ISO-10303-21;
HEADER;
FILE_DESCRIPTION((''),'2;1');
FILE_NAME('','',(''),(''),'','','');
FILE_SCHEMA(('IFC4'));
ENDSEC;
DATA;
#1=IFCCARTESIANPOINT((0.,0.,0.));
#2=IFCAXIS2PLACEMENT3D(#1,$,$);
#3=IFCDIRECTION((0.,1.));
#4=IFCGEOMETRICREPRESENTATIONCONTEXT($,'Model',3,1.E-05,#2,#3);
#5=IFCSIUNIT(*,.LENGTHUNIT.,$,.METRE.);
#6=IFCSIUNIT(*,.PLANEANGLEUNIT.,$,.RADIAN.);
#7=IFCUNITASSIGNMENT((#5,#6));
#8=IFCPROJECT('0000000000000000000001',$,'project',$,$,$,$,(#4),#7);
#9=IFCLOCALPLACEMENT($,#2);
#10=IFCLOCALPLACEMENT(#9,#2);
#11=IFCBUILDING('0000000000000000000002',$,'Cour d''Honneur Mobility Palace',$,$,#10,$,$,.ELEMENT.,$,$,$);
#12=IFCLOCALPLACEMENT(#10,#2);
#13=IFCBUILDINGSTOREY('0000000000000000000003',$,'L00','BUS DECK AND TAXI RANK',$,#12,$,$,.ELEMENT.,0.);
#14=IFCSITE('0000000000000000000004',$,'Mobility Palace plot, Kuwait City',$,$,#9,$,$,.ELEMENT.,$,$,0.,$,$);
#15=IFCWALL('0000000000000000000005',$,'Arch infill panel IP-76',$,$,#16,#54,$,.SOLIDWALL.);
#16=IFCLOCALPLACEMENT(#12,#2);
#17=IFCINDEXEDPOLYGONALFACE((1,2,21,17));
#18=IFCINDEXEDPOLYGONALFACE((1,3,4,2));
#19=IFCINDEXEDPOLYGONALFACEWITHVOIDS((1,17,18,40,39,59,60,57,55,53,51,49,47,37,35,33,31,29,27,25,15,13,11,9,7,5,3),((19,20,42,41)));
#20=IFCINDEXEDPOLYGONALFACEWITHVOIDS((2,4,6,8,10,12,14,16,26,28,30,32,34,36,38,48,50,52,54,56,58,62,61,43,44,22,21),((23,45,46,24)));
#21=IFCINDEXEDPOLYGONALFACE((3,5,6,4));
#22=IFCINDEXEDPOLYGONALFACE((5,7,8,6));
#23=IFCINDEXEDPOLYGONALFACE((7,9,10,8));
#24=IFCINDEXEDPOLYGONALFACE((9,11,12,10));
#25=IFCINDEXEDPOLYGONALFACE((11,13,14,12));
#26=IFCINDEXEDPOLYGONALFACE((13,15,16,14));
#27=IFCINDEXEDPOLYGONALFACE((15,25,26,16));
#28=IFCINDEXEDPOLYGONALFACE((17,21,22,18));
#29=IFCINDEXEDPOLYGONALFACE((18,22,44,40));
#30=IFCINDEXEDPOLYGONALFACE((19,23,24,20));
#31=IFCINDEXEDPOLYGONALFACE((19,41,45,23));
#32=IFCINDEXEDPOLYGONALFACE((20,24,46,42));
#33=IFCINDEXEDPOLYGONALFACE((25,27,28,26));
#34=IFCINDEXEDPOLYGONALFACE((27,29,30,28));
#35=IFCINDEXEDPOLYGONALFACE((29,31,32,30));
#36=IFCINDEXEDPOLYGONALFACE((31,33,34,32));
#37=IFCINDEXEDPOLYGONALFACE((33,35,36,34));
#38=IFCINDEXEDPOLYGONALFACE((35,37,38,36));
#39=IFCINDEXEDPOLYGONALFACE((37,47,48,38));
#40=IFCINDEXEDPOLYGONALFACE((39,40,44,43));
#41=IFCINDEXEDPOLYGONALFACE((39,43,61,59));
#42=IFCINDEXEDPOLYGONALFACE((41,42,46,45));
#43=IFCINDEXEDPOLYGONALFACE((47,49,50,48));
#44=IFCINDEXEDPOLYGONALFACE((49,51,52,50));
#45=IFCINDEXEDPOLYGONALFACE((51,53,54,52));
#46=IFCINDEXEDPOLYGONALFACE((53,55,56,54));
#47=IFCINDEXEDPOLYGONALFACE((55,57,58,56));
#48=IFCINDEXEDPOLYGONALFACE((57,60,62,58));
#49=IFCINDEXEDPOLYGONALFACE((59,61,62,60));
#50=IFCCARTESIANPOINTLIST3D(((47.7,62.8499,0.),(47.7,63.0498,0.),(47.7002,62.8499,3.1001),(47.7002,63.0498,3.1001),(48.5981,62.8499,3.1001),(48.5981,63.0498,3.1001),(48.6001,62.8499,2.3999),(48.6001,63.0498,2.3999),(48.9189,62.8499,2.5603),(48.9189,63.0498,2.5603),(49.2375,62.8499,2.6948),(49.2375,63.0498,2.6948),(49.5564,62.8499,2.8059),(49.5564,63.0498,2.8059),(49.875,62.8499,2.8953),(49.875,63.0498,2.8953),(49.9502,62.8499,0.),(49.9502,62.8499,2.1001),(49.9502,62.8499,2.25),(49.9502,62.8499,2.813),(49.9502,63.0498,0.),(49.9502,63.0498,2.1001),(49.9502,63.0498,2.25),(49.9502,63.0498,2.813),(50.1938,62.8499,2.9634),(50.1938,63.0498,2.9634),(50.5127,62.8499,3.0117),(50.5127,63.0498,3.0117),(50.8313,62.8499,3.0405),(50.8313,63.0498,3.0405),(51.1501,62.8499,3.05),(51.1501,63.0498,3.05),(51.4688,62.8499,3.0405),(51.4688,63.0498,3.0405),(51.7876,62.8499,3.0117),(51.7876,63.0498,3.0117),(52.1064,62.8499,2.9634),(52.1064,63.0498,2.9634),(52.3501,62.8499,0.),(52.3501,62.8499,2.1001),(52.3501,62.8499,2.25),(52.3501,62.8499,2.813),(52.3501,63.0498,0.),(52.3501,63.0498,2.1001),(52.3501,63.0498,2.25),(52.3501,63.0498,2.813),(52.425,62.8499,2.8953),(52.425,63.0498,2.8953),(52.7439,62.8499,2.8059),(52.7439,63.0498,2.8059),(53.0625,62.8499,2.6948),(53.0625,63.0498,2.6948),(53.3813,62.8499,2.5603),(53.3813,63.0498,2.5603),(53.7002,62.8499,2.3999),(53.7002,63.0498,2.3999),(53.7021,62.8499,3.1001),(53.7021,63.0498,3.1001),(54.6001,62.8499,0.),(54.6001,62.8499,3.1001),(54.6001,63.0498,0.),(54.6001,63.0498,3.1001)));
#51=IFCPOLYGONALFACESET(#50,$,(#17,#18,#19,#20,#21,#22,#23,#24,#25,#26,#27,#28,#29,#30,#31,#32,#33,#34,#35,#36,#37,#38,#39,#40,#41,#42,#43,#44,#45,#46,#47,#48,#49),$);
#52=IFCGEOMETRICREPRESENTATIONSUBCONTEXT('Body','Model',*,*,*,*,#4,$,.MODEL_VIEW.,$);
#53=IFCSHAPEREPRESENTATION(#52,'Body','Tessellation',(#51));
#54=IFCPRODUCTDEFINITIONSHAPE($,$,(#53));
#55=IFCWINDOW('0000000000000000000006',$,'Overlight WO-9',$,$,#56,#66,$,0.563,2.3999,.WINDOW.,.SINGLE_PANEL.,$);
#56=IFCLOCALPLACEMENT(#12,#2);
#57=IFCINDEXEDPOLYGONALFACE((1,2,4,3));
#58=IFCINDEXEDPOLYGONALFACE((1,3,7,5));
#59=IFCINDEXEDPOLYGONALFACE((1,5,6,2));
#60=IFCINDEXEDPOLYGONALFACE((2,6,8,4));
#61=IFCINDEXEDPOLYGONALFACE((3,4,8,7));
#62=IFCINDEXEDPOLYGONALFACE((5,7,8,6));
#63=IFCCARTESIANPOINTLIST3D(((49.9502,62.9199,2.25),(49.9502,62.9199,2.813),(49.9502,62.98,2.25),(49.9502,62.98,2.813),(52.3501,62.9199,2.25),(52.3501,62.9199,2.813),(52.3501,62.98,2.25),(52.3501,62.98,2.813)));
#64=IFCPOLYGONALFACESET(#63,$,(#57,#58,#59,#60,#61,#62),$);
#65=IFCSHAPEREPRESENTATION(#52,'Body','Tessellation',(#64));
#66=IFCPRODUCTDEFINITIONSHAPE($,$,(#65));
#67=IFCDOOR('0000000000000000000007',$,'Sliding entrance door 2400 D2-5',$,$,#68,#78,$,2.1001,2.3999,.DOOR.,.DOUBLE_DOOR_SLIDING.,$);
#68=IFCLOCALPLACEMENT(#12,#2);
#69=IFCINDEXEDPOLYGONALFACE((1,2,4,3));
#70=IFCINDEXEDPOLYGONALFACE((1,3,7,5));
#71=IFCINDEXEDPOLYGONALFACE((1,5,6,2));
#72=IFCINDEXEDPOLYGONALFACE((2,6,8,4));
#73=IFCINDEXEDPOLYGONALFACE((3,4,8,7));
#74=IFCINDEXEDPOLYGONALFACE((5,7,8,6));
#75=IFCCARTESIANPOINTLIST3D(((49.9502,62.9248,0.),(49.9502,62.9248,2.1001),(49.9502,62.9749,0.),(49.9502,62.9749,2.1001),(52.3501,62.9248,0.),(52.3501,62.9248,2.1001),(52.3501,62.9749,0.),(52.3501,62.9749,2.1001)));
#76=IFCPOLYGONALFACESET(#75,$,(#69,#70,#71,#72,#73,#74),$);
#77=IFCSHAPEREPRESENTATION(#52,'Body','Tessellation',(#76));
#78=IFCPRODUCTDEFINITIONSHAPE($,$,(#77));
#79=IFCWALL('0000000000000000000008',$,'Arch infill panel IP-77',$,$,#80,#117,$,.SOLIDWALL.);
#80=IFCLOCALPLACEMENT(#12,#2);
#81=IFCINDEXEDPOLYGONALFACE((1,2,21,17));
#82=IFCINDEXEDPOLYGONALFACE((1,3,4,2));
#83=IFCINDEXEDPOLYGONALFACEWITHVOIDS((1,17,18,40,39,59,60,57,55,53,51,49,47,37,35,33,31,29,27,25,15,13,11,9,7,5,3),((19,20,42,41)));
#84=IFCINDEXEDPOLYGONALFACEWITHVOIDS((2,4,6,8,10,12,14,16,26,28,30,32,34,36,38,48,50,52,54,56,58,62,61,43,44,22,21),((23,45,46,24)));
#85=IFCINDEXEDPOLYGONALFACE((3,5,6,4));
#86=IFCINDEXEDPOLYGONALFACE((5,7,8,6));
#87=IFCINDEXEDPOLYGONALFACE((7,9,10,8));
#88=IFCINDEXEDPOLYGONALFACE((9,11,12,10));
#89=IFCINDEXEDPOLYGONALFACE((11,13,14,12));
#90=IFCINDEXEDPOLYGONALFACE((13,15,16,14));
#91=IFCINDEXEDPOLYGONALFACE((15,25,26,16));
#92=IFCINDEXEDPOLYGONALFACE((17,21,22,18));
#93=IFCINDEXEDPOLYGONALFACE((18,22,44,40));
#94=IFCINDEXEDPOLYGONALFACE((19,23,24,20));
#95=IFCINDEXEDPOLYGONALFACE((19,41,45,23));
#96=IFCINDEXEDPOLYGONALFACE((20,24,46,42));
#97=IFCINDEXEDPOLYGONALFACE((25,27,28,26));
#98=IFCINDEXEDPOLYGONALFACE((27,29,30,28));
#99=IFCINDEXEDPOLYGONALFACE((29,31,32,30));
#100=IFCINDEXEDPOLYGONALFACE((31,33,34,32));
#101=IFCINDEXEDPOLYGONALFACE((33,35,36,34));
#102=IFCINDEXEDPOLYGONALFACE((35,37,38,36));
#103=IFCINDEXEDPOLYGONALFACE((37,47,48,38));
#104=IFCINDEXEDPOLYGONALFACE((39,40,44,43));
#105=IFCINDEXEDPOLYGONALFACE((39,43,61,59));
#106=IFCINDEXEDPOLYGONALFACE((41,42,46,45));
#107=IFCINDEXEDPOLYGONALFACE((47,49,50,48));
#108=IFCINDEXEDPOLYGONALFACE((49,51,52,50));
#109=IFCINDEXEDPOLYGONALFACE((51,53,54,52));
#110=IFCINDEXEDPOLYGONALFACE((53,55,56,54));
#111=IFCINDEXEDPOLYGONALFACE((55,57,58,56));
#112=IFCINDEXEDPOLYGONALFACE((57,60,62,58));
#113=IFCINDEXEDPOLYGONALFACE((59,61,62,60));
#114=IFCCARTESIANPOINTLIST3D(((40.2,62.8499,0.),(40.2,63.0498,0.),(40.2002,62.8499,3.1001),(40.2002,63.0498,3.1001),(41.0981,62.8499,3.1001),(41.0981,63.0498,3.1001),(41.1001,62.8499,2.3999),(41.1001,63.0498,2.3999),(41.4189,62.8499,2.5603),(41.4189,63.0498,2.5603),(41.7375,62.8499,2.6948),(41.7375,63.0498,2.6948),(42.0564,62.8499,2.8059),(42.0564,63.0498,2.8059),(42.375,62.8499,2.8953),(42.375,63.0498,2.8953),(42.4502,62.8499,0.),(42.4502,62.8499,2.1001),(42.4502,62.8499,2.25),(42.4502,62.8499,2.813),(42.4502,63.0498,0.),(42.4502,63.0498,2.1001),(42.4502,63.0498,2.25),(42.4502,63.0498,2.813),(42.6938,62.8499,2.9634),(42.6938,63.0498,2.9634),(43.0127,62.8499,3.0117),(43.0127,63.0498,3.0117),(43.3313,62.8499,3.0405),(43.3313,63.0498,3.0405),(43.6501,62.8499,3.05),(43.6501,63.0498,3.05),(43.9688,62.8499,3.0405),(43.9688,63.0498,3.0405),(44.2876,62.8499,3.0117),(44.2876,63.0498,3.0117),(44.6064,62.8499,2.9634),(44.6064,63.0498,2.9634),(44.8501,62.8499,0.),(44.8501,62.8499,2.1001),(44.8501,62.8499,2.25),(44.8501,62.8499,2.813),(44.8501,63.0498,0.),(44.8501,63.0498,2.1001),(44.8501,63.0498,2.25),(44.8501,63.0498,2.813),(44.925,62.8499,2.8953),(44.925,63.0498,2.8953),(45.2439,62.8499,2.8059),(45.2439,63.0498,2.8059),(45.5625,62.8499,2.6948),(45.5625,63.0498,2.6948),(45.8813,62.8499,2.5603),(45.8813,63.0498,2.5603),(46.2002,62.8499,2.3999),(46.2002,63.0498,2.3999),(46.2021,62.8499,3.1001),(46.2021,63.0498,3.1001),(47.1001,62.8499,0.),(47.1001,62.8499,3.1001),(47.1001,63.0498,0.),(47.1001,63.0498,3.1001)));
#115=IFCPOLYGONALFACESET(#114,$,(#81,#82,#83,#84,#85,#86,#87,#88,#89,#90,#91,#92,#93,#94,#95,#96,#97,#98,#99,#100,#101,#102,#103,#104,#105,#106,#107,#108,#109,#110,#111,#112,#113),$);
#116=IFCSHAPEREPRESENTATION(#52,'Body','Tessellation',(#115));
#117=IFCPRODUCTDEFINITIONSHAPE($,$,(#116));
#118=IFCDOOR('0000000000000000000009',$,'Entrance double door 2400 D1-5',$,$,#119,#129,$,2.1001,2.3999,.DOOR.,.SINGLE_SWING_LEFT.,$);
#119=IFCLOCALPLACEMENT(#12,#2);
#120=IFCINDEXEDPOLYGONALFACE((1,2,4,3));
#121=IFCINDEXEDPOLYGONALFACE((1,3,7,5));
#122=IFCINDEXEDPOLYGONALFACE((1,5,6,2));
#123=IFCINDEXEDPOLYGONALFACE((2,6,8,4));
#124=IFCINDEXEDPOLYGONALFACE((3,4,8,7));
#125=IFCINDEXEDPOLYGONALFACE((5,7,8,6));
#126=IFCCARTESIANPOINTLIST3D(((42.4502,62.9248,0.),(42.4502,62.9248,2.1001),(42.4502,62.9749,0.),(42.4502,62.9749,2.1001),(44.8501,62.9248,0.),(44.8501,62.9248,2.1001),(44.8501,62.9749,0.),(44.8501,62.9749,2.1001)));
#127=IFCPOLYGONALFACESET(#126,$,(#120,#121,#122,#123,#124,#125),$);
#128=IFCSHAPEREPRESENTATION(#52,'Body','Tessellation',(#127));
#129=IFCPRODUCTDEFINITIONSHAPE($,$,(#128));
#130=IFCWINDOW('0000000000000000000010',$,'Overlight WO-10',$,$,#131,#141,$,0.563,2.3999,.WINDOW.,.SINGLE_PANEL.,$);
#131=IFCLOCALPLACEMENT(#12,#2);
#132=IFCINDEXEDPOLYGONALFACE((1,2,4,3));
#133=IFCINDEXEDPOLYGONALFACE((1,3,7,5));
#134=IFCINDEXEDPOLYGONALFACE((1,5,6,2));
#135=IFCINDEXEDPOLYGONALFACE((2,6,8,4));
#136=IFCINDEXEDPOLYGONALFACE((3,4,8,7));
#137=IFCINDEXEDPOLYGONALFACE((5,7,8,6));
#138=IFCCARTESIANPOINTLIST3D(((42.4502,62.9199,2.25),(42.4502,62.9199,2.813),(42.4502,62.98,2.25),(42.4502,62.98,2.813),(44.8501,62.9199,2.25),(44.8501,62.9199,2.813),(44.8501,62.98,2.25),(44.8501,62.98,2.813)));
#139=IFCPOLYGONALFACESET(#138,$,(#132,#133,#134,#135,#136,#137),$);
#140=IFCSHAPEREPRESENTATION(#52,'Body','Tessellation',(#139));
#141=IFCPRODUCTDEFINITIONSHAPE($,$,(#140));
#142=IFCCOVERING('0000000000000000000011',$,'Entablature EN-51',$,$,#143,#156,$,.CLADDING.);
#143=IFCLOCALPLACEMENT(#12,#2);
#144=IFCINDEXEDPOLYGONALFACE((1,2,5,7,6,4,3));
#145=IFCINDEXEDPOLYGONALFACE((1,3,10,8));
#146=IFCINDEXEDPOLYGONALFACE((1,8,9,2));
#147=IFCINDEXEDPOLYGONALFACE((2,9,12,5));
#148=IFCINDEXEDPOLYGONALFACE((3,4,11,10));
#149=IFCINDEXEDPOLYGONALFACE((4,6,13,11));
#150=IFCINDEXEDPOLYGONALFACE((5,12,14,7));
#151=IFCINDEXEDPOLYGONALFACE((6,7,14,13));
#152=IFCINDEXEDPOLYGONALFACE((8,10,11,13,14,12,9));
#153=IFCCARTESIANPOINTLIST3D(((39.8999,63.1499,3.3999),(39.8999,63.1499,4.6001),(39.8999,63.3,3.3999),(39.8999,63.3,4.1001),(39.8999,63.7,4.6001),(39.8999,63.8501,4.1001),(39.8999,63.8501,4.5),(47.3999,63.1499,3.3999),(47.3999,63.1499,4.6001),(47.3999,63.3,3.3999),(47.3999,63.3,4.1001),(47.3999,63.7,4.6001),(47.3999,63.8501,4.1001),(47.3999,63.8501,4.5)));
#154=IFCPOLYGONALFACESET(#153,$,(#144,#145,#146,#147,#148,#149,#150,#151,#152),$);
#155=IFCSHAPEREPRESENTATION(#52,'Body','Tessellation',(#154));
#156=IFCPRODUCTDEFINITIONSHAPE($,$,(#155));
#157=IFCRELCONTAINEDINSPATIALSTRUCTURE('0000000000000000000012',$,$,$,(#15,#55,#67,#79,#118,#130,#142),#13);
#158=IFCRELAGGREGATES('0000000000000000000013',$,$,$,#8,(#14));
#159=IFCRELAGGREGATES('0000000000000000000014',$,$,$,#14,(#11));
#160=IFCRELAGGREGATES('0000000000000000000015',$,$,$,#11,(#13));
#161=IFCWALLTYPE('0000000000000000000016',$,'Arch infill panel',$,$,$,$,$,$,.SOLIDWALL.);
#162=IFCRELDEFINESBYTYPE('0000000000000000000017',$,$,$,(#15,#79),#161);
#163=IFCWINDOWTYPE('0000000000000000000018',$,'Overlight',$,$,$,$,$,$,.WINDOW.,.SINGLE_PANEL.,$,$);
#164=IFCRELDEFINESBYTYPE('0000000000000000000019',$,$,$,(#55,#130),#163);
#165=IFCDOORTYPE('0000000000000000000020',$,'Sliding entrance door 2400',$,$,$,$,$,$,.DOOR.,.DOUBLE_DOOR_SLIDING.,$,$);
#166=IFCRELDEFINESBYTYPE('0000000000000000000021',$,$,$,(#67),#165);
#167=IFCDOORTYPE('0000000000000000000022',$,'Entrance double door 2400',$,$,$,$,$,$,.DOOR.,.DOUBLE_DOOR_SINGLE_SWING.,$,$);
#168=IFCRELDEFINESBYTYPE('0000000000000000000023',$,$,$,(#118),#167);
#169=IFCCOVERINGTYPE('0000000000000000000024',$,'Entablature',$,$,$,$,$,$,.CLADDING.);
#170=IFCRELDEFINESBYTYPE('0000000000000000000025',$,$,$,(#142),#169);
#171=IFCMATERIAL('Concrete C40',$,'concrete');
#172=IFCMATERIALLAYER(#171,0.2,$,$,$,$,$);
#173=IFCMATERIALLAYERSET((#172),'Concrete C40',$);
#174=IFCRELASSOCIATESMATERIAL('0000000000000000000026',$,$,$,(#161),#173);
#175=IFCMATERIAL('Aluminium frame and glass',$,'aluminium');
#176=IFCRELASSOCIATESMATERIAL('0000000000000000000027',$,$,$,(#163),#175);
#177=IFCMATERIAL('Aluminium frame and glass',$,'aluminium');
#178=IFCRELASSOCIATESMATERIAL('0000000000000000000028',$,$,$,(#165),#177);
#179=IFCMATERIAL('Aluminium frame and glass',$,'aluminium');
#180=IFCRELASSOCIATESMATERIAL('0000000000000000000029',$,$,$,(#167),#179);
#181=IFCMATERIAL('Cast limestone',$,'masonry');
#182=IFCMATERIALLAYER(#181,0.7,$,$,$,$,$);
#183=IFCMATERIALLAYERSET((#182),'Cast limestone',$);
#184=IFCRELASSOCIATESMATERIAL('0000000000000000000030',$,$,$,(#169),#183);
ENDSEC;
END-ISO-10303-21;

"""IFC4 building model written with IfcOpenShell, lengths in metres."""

from ifc_helpers import new_model, si_unit, direction, frame, frame_2d, origin, place, context, subcontext, project, spatial, polyline, rectangle, outline, extrude, material, layer, layer_set, type_object, element, fill, save


model = new_model("IFC4")

# Units and contexts
model_context = context("Model", 3, precision=1e-05, world=origin(), true_north=direction((0.0, 1.0)))
body_context = subcontext(model_context, "Body", "Model", "MODEL_VIEW")
ifc_project = project(units=[si_unit("LENGTHUNIT", "METRE"), si_unit("PLANEANGLEUNIT", "RADIAN")], contexts=[model_context])

# Site, building, storey
site_placement = place(None, origin())
site = spatial("IfcSite", under=ifc_project, at=site_placement, Name="Mobility Palace plot, Kuwait City", CompositionType="ELEMENT", RefElevation=0.0)
building_placement = place(site_placement, origin())
building = spatial("IfcBuilding", under=site, at=building_placement, Name="Cour d'Honneur Mobility Palace", CompositionType="ELEMENT")
storey_placement = place(building_placement, origin())
storey = spatial("IfcBuildingStorey", under=building, at=storey_placement, Name="L00", Description="BUS DECK AND TAXI RANK", CompositionType="ELEMENT", Elevation=0.0)

# Wall, openings, window, door
ifc_material_1 = material(Name="Concrete C40", Category="concrete")
ifc_layer_1 = layer(ifc_material_1, 0.2)
ifc_layer_set_1 = layer_set([ifc_layer_1], Name="Concrete C40")
wall_type = type_object("IfcWallType", Name="Arch infill panel", PredefinedType="SOLIDWALL", material=ifc_layer_set_1)
ifc_material_2 = material(Name="Aluminium frame and glass", Category="aluminium")
window_type = type_object("IfcWindowType", Name="Overlight", PartitioningType="SINGLE_PANEL", PredefinedType="WINDOW", material=ifc_material_2)
ifc_material_3 = material(Name="Aluminium frame and glass", Category="aluminium")
door_type_1 = type_object("IfcDoorType", Name="Sliding entrance door 2400", OperationType="DOUBLE_DOOR_SLIDING", PredefinedType="DOOR", material=ifc_material_3)
wall_1_placement = place(storey_placement, frame((54.6001, 62.95, 0.0), z_axis=(0.0, 0.0, 1.0), x_axis=(-1.0, 0.0, 0.0)))
wall_1 = element("IfcWall", 1, at=wall_1_placement, inside=storey, type_object=wall_type, Name="Arch infill panel IP-76", PredefinedType="SOLIDWALL", context=body_context, shape_type="SweptSolid", body=[
    extrude(outline(polyline([(0.0, 0.0), (6.9001, 0.0), (6.8999, 3.1001), (6.002, 3.1001), (6.0, 2.3999), (5.6812, 2.5603), (5.3625, 2.6948), (5.0437, 2.8059), (4.7251, 2.8953), (4.4062, 2.9634), (4.0874, 3.0117), (3.7688, 3.0405), (3.45, 3.05), (3.1313, 3.0405), (2.8125, 3.0117), (2.4937, 2.9634), (2.175, 2.8953), (1.8562, 2.8059), (1.5376, 2.6948), (1.2188, 2.5603), (0.8999, 2.3999), (0.8979, 3.1001), (0.0, 3.1001), (0.0, 0.0)])), frame((0.0, 0.1001, 0.0), z_axis=(0.0, -1.0, 0.0), x_axis=(1.0, 0.0, 0.0)), (0.0, 0.0, 1.0), 0.2),
])
opening_1_placement = place(wall_1_placement, frame((2.25, 0.0, 0.0)))
opening_1 = element("IfcOpeningElement", 2, at=opening_1_placement, cuts=wall_1, PredefinedType="OPENING", context=body_context, shape_type="SweptSolid", body=[
    extrude(rectangle(XDim=2.3999, YDim=2.1001, at=frame_2d((1.2, 1.05))), frame((0.0, 0.1099, 0.0), z_axis=(0.0, -1.0, 0.0), x_axis=(1.0, 0.0, 0.0)), (0.0, 0.0, 1.0), 0.22),
])
opening_2_placement = place(wall_1_placement, frame((2.25, 0.0, 2.25)))
opening_2 = element("IfcOpeningElement", 3, at=opening_2_placement, cuts=wall_1, PredefinedType="OPENING", context=body_context, shape_type="SweptSolid", body=[
    extrude(rectangle(XDim=2.3999, YDim=0.563, at=frame_2d((1.2, 0.2815))), frame((0.0, 0.1099, 0.0), z_axis=(0.0, -1.0, 0.0), x_axis=(1.0, 0.0, 0.0)), (0.0, 0.0, 1.0), 0.22),
])
window_1_placement = place(opening_2_placement, origin())
window_1 = element("IfcWindow", 4, at=window_1_placement, inside=storey, type_object=window_type, Name="Overlight WO-9", OverallHeight=0.563, OverallWidth=2.3999, PartitioningType="SINGLE_PANEL", PredefinedType="WINDOW", context=body_context, shape_type="SweptSolid", body=[
    extrude(rectangle(XDim=2.3999, YDim=0.563, at=frame_2d((1.2, 0.2815))), frame((0.0, 0.03, 0.0), z_axis=(0.0, -1.0, 0.0), x_axis=(1.0, 0.0, 0.0)), (0.0, 0.0, 1.0), 0.0601),
])
fill(opening_2, window_1)
door_1_placement = place(opening_1_placement, frame((2.3999, 0.0, 0.0), z_axis=(0.0, 0.0, 1.0), x_axis=(-1.0, 0.0, 0.0)))
door_1 = element("IfcDoor", 5, at=door_1_placement, inside=storey, type_object=door_type_1, Name="Sliding entrance door 2400 D2-5", OperationType="DOUBLE_DOOR_SLIDING", OverallHeight=2.1001, OverallWidth=2.3999, PredefinedType="DOOR", context=body_context, shape_type="SweptSolid", body=[
    extrude(rectangle(XDim=2.3999, YDim=2.1001, at=frame_2d((1.2, 1.05))), frame((0.0, 0.0249, 0.0), z_axis=(0.0, -1.0, 0.0), x_axis=(1.0, 0.0, 0.0)), (0.0, 0.0, 1.0), 0.05),
])
fill(opening_1, door_1)

# Wall, openings, door, window
wall_2_placement = place(storey_placement, frame((47.1001, 62.95, 0.0), z_axis=(0.0, 0.0, 1.0), x_axis=(-1.0, 0.0, 0.0)))
wall_2 = element("IfcWall", 6, at=wall_2_placement, inside=storey, type_object=wall_type, Name="Arch infill panel IP-77", PredefinedType="SOLIDWALL", context=body_context, shape_type="SweptSolid", body=[
    extrude(outline(polyline([(0.0, 0.0), (6.9001, 0.0), (6.8999, 3.1001), (6.002, 3.1001), (6.0, 2.3999), (5.6812, 2.5603), (5.3625, 2.6948), (5.0437, 2.8059), (4.7251, 2.8953), (4.4062, 2.9634), (4.0874, 3.0117), (3.7688, 3.0405), (3.45, 3.05), (3.1313, 3.0405), (2.8125, 3.0117), (2.4937, 2.9634), (2.175, 2.8953), (1.8562, 2.8059), (1.5376, 2.6948), (1.2188, 2.5603), (0.8999, 2.3999), (0.8979, 3.1001), (0.0, 3.1001), (0.0, 0.0)])), frame((0.0, 0.1001, 0.0), z_axis=(0.0, -1.0, 0.0), x_axis=(1.0, 0.0, 0.0)), (0.0, 0.0, 1.0), 0.2),
])
opening_3_placement = place(wall_2_placement, frame((2.25, 0.0, 0.0)))
opening_3 = element("IfcOpeningElement", 7, at=opening_3_placement, cuts=wall_2, PredefinedType="OPENING", context=body_context, shape_type="SweptSolid", body=[
    extrude(rectangle(XDim=2.3999, YDim=2.1001, at=frame_2d((1.2, 1.05))), frame((0.0, 0.1099, 0.0), z_axis=(0.0, -1.0, 0.0), x_axis=(1.0, 0.0, 0.0)), (0.0, 0.0, 1.0), 0.22),
])
opening_4_placement = place(wall_2_placement, frame((2.25, 0.0, 2.25)))
opening_4 = element("IfcOpeningElement", 8, at=opening_4_placement, cuts=wall_2, PredefinedType="OPENING", context=body_context, shape_type="SweptSolid", body=[
    extrude(rectangle(XDim=2.3999, YDim=0.563, at=frame_2d((1.2, 0.2815))), frame((0.0, 0.1099, 0.0), z_axis=(0.0, -1.0, 0.0), x_axis=(1.0, 0.0, 0.0)), (0.0, 0.0, 1.0), 0.22),
])
ifc_material_4 = material(Name="Aluminium frame and glass", Category="aluminium")
door_type_2 = type_object("IfcDoorType", Name="Entrance double door 2400", OperationType="DOUBLE_DOOR_SINGLE_SWING", PredefinedType="DOOR", material=ifc_material_4)
door_2_placement = place(opening_3_placement, frame((2.3999, 0.0, 0.0), z_axis=(0.0, 0.0, 1.0), x_axis=(-1.0, 0.0, 0.0)))
door_2 = element("IfcDoor", 9, at=door_2_placement, inside=storey, type_object=door_type_2, Name="Entrance double door 2400 D1-5", OperationType="SINGLE_SWING_LEFT", OverallHeight=2.1001, OverallWidth=2.3999, PredefinedType="DOOR", context=body_context, shape_type="SweptSolid", body=[
    extrude(rectangle(XDim=2.3999, YDim=2.1001, at=frame_2d((1.2, 1.05))), frame((0.0, 0.0249, 0.0), z_axis=(0.0, -1.0, 0.0), x_axis=(1.0, 0.0, 0.0)), (0.0, 0.0, 1.0), 0.05),
])
fill(opening_3, door_2)
window_2_placement = place(opening_4_placement, origin())
window_2 = element("IfcWindow", 10, at=window_2_placement, inside=storey, type_object=window_type, Name="Overlight WO-10", OverallHeight=0.563, OverallWidth=2.3999, PartitioningType="SINGLE_PANEL", PredefinedType="WINDOW", context=body_context, shape_type="SweptSolid", body=[
    extrude(rectangle(XDim=2.3999, YDim=0.563, at=frame_2d((1.2, 0.2815))), frame((0.0, 0.03, 0.0), z_axis=(0.0, -1.0, 0.0), x_axis=(1.0, 0.0, 0.0)), (0.0, 0.0, 1.0), 0.0601),
])
fill(opening_4, window_2)

# Covering
ifc_material_5 = material(Name="Cast limestone", Category="masonry")
ifc_layer_2 = layer(ifc_material_5, 0.7)
ifc_layer_set_2 = layer_set([ifc_layer_2], Name="Cast limestone")
covering_type_1 = type_object("IfcCoveringType", Name="Entablature", PredefinedType="CLADDING", material=ifc_layer_set_2)
for number, where, z_axis, x_axis, name in (
    (11, (47.3999, 63.1499, 3.3999), (1.0, 0.0, 0.0), (0.0, 1.0, 0.0), "Entablature EN-51"),
):
    element("IfcCovering", number, at=place(storey_placement, frame(where, z_axis=z_axis, x_axis=x_axis)), inside=storey, type_object=covering_type_1, Name=name, PredefinedType="CLADDING", context=body_context, shape_type="SweptSolid", body=[
        extrude(outline(polyline([(0.0, 0.0), (0.1501, 0.0), (0.1501, 0.7002), (0.7002, 0.7002), (0.7002, 1.1001), (0.55, 1.2002), (0.0, 1.2002), (0.0, 0.0)])), origin(), (0.0, 0.0, -1.0), 7.5),
    ])

save(model, "model.ifc")
